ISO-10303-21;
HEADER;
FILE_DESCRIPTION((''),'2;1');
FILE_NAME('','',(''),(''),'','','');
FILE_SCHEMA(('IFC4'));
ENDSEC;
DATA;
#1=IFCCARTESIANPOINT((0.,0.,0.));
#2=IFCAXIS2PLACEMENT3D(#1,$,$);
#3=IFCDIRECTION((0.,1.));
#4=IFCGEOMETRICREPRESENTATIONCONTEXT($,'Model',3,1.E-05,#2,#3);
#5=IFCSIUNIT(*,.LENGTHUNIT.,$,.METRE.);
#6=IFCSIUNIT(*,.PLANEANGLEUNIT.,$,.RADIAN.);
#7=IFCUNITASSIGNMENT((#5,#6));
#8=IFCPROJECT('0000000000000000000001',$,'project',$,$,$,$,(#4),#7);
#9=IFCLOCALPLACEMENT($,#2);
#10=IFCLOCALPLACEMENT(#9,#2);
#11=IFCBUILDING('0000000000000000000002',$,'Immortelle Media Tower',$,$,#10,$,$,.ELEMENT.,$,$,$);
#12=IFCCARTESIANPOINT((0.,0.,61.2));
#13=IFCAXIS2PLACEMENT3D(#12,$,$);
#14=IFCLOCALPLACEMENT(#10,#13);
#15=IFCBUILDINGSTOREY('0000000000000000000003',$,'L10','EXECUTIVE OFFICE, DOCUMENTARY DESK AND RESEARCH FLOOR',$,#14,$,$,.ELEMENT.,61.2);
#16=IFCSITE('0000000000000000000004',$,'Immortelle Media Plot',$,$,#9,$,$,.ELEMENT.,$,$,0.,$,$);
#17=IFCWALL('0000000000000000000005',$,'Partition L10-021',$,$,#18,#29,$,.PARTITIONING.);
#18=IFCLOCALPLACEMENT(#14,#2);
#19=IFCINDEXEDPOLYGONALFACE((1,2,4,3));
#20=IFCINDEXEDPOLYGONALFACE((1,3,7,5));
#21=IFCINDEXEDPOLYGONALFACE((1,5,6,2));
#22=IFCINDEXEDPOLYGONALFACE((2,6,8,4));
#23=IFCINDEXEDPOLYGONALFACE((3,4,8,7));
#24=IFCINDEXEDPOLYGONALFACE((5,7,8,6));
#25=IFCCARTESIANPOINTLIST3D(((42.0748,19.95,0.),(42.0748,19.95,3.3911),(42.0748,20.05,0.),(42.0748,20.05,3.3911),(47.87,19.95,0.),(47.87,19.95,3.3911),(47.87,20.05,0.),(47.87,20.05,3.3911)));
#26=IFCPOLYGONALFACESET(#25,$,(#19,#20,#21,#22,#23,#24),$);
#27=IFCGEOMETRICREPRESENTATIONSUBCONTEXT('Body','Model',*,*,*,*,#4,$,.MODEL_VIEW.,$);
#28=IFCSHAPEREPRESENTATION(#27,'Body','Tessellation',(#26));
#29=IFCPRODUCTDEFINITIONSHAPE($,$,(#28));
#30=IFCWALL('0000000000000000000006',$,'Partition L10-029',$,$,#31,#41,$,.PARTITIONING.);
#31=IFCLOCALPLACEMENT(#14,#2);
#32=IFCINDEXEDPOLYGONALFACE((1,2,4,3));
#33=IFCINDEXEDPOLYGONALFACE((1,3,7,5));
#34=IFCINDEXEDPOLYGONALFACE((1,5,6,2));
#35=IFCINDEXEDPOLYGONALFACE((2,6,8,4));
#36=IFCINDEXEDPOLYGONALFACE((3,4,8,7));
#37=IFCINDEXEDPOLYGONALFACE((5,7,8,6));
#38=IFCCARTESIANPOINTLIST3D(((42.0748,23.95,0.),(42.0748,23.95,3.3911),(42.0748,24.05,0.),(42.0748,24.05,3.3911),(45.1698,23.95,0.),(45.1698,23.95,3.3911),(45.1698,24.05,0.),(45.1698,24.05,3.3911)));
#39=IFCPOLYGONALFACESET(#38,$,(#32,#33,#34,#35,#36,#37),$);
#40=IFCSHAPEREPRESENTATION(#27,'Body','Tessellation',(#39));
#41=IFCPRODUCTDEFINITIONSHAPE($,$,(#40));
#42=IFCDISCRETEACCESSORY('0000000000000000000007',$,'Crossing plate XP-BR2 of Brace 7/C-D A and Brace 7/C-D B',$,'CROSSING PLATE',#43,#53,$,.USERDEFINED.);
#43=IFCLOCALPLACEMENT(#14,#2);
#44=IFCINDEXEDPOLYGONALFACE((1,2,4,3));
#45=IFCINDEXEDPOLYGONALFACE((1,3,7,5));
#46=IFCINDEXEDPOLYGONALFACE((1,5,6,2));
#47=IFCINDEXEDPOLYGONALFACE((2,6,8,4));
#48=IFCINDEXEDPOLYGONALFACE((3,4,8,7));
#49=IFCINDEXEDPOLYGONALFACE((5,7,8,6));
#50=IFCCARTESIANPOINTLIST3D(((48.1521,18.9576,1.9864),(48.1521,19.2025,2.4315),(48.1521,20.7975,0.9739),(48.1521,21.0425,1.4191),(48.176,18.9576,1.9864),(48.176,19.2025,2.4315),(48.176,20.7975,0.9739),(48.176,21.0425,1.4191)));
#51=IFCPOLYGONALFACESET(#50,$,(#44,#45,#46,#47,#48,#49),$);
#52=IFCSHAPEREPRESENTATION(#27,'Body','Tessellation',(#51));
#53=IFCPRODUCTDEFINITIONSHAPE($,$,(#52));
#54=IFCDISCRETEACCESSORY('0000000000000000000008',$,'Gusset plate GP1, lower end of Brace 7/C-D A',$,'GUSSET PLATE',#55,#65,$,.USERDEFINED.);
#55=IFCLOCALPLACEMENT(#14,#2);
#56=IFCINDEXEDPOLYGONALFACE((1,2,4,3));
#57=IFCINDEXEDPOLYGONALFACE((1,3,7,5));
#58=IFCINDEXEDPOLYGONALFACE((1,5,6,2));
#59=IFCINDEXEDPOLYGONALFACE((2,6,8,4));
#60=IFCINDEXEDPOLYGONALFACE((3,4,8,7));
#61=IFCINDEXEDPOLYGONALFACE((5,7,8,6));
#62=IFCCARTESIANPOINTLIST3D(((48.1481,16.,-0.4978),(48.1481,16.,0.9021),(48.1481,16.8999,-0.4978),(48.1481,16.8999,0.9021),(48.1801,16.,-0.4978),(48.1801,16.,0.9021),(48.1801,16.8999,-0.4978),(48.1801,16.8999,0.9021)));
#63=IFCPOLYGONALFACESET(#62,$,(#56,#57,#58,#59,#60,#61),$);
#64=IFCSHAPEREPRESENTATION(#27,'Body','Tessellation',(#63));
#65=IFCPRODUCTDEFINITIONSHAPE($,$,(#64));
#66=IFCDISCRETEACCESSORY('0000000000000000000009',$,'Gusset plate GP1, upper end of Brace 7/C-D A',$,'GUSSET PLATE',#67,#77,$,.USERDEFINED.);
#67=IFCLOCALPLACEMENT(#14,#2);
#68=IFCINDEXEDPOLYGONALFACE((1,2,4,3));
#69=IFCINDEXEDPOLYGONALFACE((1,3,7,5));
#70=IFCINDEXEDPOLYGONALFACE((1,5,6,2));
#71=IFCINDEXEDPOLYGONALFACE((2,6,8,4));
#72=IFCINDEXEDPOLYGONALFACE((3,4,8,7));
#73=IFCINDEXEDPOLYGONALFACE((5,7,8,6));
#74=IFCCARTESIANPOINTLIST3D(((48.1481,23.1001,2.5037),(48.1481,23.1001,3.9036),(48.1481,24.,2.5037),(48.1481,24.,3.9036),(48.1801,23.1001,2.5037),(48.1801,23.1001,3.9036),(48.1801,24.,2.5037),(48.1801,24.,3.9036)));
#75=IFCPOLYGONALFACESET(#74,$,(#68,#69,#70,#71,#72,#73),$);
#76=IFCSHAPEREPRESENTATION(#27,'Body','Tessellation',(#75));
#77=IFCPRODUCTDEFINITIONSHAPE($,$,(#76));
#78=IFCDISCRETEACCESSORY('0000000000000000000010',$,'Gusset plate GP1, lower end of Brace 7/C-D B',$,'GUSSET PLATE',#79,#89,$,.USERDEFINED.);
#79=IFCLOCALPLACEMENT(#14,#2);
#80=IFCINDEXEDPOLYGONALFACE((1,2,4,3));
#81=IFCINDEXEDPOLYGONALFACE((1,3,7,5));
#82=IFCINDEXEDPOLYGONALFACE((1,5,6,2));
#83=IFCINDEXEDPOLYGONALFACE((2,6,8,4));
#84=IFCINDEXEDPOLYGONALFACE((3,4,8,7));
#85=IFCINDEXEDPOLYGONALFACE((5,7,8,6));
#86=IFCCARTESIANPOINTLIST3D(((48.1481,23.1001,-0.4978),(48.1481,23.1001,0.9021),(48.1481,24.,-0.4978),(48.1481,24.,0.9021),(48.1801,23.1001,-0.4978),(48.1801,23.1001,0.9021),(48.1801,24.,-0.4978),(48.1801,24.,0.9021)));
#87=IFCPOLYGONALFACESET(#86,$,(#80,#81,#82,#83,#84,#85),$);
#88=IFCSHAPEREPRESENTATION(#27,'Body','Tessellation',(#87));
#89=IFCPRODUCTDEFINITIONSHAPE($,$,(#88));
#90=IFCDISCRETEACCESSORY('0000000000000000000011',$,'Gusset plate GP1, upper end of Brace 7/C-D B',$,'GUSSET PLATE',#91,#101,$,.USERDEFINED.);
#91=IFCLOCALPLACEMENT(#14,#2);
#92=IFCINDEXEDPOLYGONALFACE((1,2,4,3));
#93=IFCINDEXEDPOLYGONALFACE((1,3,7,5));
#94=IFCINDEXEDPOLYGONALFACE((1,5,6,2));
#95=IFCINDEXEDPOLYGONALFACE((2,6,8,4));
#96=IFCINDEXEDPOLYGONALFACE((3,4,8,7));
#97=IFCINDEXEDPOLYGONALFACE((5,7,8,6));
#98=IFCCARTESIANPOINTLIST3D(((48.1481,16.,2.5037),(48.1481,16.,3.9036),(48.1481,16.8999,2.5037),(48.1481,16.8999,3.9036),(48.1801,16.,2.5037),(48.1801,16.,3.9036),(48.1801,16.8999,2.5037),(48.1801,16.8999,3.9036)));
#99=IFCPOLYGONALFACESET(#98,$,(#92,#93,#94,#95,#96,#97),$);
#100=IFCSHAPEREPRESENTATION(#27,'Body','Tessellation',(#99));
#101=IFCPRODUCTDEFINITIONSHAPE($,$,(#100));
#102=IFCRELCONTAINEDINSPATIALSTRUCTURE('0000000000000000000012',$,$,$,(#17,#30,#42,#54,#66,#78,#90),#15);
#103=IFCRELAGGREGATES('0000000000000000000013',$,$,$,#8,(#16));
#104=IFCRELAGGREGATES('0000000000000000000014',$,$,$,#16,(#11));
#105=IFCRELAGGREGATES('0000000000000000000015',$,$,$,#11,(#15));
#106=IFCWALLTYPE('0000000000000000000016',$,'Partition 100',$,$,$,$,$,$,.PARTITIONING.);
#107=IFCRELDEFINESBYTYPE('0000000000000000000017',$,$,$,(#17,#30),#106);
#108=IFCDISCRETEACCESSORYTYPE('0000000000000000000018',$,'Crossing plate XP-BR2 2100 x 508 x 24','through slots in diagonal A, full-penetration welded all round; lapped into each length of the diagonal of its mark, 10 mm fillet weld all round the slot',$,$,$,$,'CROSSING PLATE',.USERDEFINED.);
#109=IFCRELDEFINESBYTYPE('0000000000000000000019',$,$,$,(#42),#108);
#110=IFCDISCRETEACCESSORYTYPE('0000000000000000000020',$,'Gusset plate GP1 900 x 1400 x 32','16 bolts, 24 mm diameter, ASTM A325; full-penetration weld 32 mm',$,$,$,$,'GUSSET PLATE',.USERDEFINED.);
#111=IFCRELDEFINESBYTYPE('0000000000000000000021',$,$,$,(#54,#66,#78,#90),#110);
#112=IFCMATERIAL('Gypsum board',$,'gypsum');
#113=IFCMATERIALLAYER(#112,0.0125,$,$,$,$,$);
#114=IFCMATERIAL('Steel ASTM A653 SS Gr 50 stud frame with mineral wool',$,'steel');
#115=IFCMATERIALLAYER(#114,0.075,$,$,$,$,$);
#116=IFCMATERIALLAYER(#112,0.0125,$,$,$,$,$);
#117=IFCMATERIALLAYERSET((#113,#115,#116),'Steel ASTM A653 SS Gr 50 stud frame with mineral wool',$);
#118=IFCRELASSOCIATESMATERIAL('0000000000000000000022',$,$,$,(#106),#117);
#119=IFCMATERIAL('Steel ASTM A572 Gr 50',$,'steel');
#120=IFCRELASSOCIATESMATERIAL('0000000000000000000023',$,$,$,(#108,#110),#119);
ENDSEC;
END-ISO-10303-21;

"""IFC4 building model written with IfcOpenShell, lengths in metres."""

from ifc_helpers import new_model, si_unit, direction, frame, frame_2d, origin, origin_2d, place, context, subcontext, project, spatial, rectangle, extrude, material, layer, layer_set, material_profile, profile_set, type_object, element, save


model = new_model("IFC4")

# Units and contexts
model_context = context("Model", 3, precision=1e-05, world=origin(), true_north=direction((0.0, 1.0)))
body_context = subcontext(model_context, "Body", "Model", "MODEL_VIEW")
ifc_project = project(units=[si_unit("LENGTHUNIT", "METRE"), si_unit("PLANEANGLEUNIT", "RADIAN")], contexts=[model_context])

# Site, building, storey
site_placement = place(None, origin())
site = spatial("IfcSite", under=ifc_project, at=site_placement, Name="Immortelle Media Plot", CompositionType="ELEMENT", RefElevation=0.0)
building_placement = place(site_placement, origin())
building = spatial("IfcBuilding", under=site, at=building_placement, Name="Immortelle Media Tower", CompositionType="ELEMENT")
storey_placement = place(building_placement, frame((0.0, 0.0, 61.2)))
storey = spatial("IfcBuildingStorey", under=building, at=storey_placement, Name="L10", Description="EXECUTIVE OFFICE, DOCUMENTARY DESK AND RESEARCH FLOOR", CompositionType="ELEMENT", Elevation=61.2)

# Walls
ifc_material_1 = material(Name="Steel ASTM A653 SS Gr 50 stud frame with mineral wool", Category="steel")
ifc_material_2 = material(Name="Gypsum board", Category="gypsum")
ifc_layer_1 = layer(ifc_material_2, 0.0125)
ifc_layer_2 = layer(ifc_material_1, 0.075)
ifc_layer_3 = layer(ifc_material_2, 0.0125)
ifc_layer_set_1 = layer_set([ifc_layer_1, ifc_layer_2, ifc_layer_3], Name="Steel ASTM A653 SS Gr 50 stud frame with mineral wool")
wall_type_1 = type_object("IfcWallType", Name="Partition 100", PredefinedType="PARTITIONING", material=ifc_layer_set_1)
wall_1_placement = place(storey_placement, frame((42.075, 20.0, 0.0), z_axis=(0.0, 0.0, 1.0), x_axis=(1.0, 0.0, 0.0)))
element("IfcWall", 1, at=wall_1_placement, inside=storey, type_object=wall_type_1, Name="Partition L10-021", PredefinedType="PARTITIONING", context=body_context, shape_type="SweptSolid", body=[
    extrude(rectangle(XDim=5.7952, YDim=0.1001, at=frame_2d((2.8975, 0.0))), origin(), (0.0, 0.0, 1.0), 3.3911),
])
wall_2_placement = place(storey_placement, frame((42.075, 24.0, 0.0), z_axis=(0.0, 0.0, 1.0), x_axis=(1.0, 0.0, 0.0)))
element("IfcWall", 2, at=wall_2_placement, inside=storey, type_object=wall_type_1, Name="Partition L10-029", PredefinedType="PARTITIONING", context=body_context, shape_type="SweptSolid", body=[
    extrude(rectangle(XDim=3.095, YDim=0.1001, at=frame_2d((1.5474, 0.0))), origin(), (0.0, 0.0, 1.0), 3.3911),
])

# Discrete accessories
ifc_material_3 = material(Name="Steel ASTM A572 Gr 50", Category="steel")
ifc_material_profile_1 = material_profile(ifc_material_3, rectangle(XDim=0.0239, YDim=0.5081, at=origin_2d()), Name="PL 24 x 508")
ifc_profile_set_1 = profile_set([ifc_material_profile_1], Name="Steel ASTM A572 Gr 50")
discrete_accessory_type_1 = type_object("IfcDiscreteAccessoryType", Name="Crossing plate XP-BR2 2100 x 508 x 24", Description="through slots in diagonal A, full-penetration welded all round; lapped into each length of the diagonal of its mark, 10 mm fillet weld all round the slot", ElementType="CROSSING PLATE", PredefinedType="USERDEFINED", material=ifc_profile_set_1)
discrete_accessory_placement = place(storey_placement, frame((48.1641, 19.0801, 2.209), z_axis=(0.0, 0.876108, -0.482115), x_axis=(-1.0, 0.0, 0.0)))
element("IfcDiscreteAccessory", 3, at=discrete_accessory_placement, inside=storey, type_object=discrete_accessory_type_1, Name="Crossing plate XP-BR2 of Brace 7/C-D A and Brace 7/C-D B", ObjectType="CROSSING PLATE", PredefinedType="USERDEFINED", context=body_context, shape_type="SweptSolid", body=[
    extrude(rectangle(XDim=0.0239, YDim=0.5081, at=origin_2d()), origin(), (0.0, 0.0, 1.0), 2.1001),
])
ifc_material_profile_2 = material_profile(ifc_material_3, rectangle(XDim=0.032, YDim=1.3999, at=origin_2d()), Name="PL 32 x 1400")
ifc_profile_set_2 = profile_set([ifc_material_profile_2], Name="Steel ASTM A572 Gr 50")
discrete_accessory_type_2 = type_object("IfcDiscreteAccessoryType", Name="Gusset plate GP1 900 x 1400 x 32", Description="16 bolts, 24 mm diameter, ASTM A325; full-penetration weld 32 mm", ElementType="GUSSET PLATE", PredefinedType="USERDEFINED", material=ifc_profile_set_2)
for number, where, z_axis, x_axis, name in (
    (4, (48.1641, 16.0, 0.2021), (0.0, 1.0, 0.0), (-1.0, 0.0, 0.0), "Gusset plate GP1, lower end of Brace 7/C-D A"),
    (5, (48.1641, 24.0, 3.2036), (0.0, -1.0, 0.0), (1.0, 0.0, 0.0), "Gusset plate GP1, upper end of Brace 7/C-D A"),
    (6, (48.1641, 24.0, 0.2021), (0.0, -1.0, 0.0), (1.0, 0.0, 0.0), "Gusset plate GP1, lower end of Brace 7/C-D B"),
    (7, (48.1641, 16.0, 3.2036), (0.0, 1.0, 0.0), (-1.0, 0.0, 0.0), "Gusset plate GP1, upper end of Brace 7/C-D B"),
):
    element("IfcDiscreteAccessory", number, at=place(storey_placement, frame(where, z_axis=z_axis, x_axis=x_axis)), inside=storey, type_object=discrete_accessory_type_2, Name=name, ObjectType="GUSSET PLATE", PredefinedType="USERDEFINED", context=body_context, shape_type="SweptSolid", body=[
        extrude(rectangle(XDim=0.032, YDim=1.3999, at=origin_2d()), origin(), (0.0, 0.0, 1.0), 0.8999),
    ])

save(model, "model.ifc")
